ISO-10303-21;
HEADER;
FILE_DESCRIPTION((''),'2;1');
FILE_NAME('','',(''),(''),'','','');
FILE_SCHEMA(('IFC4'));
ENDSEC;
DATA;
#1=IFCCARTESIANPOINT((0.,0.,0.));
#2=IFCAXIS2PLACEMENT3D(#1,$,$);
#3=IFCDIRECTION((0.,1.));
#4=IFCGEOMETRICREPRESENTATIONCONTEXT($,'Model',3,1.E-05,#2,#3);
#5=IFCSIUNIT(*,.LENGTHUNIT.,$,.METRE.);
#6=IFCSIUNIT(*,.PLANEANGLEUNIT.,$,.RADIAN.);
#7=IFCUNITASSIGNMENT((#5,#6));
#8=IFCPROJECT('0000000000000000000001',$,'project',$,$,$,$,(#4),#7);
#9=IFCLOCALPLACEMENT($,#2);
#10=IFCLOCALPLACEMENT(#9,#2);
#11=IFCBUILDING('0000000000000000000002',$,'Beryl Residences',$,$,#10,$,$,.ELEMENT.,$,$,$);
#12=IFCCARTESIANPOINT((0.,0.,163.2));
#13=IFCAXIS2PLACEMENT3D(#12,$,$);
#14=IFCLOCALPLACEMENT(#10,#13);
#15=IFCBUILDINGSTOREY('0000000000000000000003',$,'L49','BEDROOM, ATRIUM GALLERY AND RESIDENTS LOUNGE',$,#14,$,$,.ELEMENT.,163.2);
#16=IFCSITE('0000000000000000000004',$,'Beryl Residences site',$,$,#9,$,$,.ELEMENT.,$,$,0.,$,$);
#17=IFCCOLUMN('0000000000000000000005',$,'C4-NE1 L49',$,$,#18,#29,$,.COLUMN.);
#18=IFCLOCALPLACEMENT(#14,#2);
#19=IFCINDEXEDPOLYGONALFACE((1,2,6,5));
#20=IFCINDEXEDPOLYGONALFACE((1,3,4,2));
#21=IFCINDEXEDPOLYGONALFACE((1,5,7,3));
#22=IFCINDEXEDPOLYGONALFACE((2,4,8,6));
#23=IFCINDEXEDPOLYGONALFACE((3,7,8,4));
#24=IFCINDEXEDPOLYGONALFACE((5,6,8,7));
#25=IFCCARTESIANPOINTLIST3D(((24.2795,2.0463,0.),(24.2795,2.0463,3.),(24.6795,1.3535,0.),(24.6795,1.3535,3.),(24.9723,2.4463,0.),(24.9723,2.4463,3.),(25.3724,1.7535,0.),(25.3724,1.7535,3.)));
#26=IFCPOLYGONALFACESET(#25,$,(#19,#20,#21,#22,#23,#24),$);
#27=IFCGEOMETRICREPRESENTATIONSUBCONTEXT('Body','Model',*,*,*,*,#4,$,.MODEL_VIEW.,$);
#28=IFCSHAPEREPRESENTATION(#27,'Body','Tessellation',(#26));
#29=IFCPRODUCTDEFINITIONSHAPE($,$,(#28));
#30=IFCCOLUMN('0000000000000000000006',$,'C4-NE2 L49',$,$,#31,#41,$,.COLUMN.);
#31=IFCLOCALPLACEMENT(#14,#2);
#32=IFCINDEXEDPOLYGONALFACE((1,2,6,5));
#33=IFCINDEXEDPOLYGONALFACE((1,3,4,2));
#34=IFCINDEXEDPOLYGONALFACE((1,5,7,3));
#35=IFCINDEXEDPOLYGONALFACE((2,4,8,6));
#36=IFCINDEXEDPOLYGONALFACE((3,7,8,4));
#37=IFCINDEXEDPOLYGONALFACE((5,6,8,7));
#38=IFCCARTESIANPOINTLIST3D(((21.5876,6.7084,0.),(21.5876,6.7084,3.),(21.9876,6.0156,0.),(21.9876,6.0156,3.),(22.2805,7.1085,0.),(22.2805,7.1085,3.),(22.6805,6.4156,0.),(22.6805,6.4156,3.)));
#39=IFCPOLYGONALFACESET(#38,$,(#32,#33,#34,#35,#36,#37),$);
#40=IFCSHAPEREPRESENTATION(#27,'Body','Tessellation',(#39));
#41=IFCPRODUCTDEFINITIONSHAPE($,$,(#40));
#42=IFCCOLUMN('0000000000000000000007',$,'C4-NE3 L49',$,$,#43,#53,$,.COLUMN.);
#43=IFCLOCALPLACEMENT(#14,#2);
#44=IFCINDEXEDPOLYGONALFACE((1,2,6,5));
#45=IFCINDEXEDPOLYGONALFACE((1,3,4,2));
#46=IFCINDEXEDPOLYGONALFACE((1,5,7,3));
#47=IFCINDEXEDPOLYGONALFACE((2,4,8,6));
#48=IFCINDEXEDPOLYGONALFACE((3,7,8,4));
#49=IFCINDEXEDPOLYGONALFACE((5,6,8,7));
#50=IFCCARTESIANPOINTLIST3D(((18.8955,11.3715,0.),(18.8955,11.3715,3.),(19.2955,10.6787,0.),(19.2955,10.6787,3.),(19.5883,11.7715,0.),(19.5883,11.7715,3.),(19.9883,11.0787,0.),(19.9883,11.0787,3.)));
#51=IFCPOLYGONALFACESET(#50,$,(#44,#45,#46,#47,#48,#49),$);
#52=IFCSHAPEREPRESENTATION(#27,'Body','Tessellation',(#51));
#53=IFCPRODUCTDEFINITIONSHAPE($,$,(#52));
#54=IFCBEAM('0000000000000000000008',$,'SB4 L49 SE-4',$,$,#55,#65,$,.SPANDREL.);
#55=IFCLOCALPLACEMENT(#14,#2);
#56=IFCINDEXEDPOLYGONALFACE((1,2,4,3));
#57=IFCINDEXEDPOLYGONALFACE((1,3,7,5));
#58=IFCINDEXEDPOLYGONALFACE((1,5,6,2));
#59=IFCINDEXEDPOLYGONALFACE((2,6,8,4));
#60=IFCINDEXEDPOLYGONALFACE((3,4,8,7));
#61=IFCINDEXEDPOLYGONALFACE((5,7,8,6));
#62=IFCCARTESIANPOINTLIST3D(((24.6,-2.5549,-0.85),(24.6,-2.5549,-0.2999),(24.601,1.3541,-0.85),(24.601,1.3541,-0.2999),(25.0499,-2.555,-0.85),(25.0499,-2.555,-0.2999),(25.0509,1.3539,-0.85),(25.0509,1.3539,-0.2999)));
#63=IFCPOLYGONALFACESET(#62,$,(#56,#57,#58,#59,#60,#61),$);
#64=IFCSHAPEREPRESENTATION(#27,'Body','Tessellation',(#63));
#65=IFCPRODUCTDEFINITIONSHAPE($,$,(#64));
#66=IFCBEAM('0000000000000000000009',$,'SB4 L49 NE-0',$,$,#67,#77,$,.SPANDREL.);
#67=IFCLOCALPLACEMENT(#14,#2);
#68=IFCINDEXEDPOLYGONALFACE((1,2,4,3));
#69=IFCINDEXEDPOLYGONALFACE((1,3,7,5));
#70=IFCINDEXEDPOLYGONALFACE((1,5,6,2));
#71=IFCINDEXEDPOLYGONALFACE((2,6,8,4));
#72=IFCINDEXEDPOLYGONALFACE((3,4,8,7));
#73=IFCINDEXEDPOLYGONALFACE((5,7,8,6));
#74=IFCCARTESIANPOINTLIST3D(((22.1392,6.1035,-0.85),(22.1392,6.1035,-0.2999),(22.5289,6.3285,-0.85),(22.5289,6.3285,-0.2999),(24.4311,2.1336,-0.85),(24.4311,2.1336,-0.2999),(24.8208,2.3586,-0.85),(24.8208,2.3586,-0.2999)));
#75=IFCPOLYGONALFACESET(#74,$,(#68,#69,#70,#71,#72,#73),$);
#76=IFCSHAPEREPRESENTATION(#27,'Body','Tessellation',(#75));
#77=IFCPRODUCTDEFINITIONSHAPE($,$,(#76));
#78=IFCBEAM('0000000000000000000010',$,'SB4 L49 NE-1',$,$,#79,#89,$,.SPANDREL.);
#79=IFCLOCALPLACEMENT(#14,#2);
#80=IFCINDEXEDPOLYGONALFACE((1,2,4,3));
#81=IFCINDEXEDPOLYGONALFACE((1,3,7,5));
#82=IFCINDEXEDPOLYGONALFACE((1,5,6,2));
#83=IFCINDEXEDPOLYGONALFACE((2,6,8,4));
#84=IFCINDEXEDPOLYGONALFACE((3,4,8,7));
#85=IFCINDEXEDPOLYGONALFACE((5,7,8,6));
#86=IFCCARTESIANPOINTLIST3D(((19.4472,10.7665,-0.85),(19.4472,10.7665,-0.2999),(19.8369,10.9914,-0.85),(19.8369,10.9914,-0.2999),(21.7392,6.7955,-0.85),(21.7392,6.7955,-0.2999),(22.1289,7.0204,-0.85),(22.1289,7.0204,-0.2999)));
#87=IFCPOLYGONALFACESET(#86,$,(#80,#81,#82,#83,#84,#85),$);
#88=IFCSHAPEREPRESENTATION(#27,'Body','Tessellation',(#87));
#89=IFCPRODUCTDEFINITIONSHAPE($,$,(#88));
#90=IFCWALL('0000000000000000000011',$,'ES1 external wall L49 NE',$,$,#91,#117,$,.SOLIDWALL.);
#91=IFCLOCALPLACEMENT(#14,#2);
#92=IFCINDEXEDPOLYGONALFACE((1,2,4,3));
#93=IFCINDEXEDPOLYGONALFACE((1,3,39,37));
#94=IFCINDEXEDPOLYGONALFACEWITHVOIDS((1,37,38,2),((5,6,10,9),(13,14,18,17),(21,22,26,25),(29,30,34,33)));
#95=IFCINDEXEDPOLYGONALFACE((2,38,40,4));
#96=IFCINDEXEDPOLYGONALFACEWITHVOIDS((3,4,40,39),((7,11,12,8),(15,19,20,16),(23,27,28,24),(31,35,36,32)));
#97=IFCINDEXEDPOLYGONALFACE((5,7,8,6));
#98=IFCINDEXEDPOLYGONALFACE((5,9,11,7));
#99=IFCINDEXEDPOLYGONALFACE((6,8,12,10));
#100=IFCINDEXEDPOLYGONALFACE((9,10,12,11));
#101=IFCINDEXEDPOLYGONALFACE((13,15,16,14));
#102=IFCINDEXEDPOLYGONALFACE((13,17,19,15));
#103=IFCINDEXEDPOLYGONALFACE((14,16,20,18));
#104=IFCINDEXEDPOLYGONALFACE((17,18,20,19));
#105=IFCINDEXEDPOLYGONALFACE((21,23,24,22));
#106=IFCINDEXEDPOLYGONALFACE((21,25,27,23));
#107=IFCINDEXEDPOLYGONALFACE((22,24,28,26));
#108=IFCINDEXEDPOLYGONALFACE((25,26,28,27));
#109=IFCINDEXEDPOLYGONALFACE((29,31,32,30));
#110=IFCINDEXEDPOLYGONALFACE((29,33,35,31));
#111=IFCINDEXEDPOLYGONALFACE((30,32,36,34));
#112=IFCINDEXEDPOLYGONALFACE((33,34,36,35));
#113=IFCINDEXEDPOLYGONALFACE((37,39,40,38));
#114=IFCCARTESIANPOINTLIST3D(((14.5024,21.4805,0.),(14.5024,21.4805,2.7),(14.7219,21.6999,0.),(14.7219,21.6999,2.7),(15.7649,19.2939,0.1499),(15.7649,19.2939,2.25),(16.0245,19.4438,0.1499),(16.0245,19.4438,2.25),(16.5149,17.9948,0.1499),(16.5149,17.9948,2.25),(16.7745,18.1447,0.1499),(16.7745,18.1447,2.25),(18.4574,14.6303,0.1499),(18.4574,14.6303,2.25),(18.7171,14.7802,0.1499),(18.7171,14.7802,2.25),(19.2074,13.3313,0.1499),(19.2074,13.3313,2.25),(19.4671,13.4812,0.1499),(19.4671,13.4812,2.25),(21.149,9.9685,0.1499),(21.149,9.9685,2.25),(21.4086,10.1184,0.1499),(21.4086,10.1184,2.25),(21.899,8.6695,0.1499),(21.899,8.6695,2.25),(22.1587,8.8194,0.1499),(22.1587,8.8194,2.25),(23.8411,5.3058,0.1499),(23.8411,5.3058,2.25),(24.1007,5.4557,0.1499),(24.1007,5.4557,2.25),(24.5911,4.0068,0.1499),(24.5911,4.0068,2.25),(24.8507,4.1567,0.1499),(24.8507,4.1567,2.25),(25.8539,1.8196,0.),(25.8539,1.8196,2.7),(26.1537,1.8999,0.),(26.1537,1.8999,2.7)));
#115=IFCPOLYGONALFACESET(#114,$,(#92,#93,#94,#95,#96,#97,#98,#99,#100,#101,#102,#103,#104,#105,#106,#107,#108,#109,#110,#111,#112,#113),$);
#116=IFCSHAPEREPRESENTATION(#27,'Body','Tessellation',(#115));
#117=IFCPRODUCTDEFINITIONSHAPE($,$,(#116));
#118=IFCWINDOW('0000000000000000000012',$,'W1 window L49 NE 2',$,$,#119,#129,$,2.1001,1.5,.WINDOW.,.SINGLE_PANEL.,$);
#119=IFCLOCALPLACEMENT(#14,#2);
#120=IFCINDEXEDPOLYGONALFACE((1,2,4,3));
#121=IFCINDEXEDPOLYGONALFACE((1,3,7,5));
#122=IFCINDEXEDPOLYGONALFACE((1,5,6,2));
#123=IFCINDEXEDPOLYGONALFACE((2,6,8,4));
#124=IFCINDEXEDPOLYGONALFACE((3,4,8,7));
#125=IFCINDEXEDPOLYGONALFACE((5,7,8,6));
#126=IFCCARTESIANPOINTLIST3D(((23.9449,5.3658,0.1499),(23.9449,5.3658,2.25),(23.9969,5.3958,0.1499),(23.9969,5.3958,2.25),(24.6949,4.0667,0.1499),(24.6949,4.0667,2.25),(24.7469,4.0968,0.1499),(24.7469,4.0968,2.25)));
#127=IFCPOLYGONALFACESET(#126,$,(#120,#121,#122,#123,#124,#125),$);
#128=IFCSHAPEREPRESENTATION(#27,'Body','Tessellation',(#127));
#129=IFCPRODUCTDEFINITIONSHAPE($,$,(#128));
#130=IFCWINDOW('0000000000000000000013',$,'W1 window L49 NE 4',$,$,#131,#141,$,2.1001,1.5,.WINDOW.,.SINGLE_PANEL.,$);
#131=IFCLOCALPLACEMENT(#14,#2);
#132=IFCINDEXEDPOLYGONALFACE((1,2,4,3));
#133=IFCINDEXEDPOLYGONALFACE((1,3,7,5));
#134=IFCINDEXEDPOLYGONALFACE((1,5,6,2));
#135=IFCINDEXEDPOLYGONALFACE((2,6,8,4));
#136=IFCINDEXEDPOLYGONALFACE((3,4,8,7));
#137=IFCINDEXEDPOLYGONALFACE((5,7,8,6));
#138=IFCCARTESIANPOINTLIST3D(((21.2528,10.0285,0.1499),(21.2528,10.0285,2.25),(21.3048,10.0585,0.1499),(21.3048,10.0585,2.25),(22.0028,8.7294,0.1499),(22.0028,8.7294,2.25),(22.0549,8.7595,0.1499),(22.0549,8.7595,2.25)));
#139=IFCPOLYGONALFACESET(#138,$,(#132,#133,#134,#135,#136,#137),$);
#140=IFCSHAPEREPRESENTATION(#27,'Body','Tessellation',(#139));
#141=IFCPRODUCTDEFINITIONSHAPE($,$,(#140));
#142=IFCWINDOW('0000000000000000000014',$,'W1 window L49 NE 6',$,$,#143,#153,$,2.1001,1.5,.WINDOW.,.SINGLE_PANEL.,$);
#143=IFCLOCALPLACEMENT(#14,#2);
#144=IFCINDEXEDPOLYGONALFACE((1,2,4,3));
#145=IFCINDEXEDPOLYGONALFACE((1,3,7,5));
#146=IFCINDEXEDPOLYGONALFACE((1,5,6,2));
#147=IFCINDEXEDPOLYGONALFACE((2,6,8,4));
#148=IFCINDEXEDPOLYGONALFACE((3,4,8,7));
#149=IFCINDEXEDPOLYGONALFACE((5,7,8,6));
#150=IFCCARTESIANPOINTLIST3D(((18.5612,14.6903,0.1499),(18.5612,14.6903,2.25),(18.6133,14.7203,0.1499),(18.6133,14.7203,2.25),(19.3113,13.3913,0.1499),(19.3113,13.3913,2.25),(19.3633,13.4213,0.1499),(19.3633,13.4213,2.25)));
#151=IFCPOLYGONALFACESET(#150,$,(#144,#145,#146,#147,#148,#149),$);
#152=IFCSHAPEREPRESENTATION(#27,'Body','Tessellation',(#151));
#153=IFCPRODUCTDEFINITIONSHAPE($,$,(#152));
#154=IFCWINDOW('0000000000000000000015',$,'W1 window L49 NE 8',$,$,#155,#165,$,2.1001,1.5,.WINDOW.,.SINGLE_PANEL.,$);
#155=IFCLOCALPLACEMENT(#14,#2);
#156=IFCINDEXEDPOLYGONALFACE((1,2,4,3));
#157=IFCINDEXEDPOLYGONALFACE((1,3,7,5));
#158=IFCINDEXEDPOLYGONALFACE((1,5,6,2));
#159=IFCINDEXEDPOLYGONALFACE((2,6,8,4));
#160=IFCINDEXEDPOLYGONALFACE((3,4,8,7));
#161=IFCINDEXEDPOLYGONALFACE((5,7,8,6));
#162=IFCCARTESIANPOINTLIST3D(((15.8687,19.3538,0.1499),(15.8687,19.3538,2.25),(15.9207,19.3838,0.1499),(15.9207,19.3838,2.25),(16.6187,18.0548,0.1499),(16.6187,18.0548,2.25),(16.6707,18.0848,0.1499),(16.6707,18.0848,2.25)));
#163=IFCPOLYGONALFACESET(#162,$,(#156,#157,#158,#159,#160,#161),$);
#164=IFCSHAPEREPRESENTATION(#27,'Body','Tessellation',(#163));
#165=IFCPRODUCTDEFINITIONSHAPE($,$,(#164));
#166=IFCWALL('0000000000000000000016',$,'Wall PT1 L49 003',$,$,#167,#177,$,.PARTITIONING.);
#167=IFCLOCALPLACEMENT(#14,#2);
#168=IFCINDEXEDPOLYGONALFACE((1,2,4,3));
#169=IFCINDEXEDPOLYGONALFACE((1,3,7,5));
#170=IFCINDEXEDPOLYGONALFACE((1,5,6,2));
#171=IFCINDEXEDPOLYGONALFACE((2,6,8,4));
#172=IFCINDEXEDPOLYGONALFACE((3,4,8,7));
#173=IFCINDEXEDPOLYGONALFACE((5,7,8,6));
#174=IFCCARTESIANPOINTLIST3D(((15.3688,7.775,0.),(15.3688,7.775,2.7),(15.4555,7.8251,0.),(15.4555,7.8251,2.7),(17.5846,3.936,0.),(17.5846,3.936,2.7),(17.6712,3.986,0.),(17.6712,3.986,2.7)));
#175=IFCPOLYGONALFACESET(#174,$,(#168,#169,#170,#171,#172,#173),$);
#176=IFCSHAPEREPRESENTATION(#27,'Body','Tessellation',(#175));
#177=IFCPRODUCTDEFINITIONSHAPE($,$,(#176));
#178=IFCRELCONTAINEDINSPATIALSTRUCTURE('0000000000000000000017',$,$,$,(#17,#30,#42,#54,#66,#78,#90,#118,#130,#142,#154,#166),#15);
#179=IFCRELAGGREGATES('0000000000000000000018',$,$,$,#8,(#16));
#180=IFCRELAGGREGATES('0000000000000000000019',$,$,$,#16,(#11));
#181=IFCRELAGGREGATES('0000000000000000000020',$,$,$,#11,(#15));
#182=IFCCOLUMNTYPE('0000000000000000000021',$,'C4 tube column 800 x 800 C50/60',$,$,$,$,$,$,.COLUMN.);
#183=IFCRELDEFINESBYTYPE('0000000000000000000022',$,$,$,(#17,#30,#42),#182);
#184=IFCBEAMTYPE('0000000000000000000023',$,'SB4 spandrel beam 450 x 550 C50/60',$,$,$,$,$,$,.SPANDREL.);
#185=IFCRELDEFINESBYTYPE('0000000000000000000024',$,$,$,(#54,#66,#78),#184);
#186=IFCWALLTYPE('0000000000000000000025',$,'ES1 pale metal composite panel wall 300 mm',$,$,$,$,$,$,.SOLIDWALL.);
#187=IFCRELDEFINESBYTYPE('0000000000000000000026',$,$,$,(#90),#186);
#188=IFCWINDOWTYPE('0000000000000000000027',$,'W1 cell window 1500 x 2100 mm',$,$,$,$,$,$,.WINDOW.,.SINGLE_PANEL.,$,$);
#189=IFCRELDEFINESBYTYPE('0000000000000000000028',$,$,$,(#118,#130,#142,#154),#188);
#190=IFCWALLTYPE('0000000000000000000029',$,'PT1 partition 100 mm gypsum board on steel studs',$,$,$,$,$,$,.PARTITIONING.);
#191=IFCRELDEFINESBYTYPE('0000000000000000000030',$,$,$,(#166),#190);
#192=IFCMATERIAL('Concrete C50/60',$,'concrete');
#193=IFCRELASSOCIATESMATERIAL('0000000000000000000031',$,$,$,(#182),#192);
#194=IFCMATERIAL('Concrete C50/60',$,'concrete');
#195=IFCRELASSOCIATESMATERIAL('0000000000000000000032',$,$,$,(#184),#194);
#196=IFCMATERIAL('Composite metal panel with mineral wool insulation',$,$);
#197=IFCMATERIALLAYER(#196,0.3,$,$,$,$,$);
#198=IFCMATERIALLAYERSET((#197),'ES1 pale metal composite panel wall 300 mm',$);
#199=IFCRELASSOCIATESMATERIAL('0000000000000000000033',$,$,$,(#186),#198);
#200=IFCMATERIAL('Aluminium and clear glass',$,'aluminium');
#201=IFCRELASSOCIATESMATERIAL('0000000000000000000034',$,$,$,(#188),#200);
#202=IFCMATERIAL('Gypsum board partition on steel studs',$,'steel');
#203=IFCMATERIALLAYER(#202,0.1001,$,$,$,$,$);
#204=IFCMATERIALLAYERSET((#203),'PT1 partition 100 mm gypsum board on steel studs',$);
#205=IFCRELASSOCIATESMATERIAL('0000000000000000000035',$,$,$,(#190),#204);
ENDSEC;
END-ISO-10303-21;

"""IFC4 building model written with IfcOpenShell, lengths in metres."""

from ifc_helpers import new_model, si_unit, direction, frame, frame_2d, origin, origin_2d, place, context, subcontext, project, spatial, polyline, rectangle, outline, extrude, material, layer, layer_set, material_profile, profile_set, type_object, element, fill, save


model = new_model("IFC4")

# Units and contexts
model_context = context("Model", 3, precision=1e-05, world=origin(), true_north=direction((0.0, 1.0)))
body_context = subcontext(model_context, "Body", "Model", "MODEL_VIEW")
ifc_project = project(units=[si_unit("LENGTHUNIT", "METRE"), si_unit("PLANEANGLEUNIT", "RADIAN")], contexts=[model_context])

# Site, building, storey
site_placement = place(None, origin())
site = spatial("IfcSite", under=ifc_project, at=site_placement, Name="Beryl Residences site", CompositionType="ELEMENT", RefElevation=0.0)
building_placement = place(site_placement, origin())
building = spatial("IfcBuilding", under=site, at=building_placement, Name="Beryl Residences", CompositionType="ELEMENT")
storey_placement = place(building_placement, frame((0.0, 0.0, 163.2)))
storey = spatial("IfcBuildingStorey", under=building, at=storey_placement, Name="L49", Description="BEDROOM, ATRIUM GALLERY AND RESIDENTS LOUNGE", CompositionType="ELEMENT", Elevation=163.2)

# Columns
ifc_material_1 = material(Name="Concrete C50/60", Category="concrete")
ifc_material_profile_1 = material_profile(ifc_material_1, rectangle(XDim=0.8, YDim=0.8, at=origin_2d()))
ifc_profile_set_1 = profile_set([ifc_material_profile_1], Name="Concrete C50/60")
column_type = type_object("IfcColumnType", Name="C4 tube column 800 x 800 C50/60", PredefinedType="COLUMN", material=ifc_profile_set_1)
for number, where, z_axis, x_axis, name in (
    (1, (24.8259, 1.8999, 0.0), (0.0, 0.0, 1.0), (-0.5, 0.866025, 0.0), "C4-NE1 L49"),
    (2, (22.134, 6.562, 0.0), (0.0, 0.0, 1.0), (-0.5, 0.866025, 0.0), "C4-NE2 L49"),
    (3, (19.4419, 11.2251, 0.0), (0.0, 0.0, 1.0), (-0.5, 0.866025, 0.0), "C4-NE3 L49"),
):
    element("IfcColumn", number, at=place(storey_placement, frame(where, z_axis=z_axis, x_axis=x_axis)), inside=storey, type_object=column_type, Name=name, PredefinedType="COLUMN", context=body_context, shape_type="SweptSolid", body=[
        extrude(rectangle(XDim=0.8, YDim=0.8, at=origin_2d()), origin(), (0.0, 0.0, 1.0), 3.0),
    ])

# Beams
ifc_material_2 = material(Name="Concrete C50/60", Category="concrete")
ifc_material_profile_2 = material_profile(ifc_material_2, rectangle(XDim=0.45, YDim=0.55, at=origin_2d()))
ifc_profile_set_2 = profile_set([ifc_material_profile_2], Name="Concrete C50/60")
beam_type = type_object("IfcBeamType", Name="SB4 spandrel beam 450 x 550 C50/60", PredefinedType="SPANDREL", material=ifc_profile_set_2)
beam_1_placement = place(storey_placement, frame((24.825, -2.5549, -0.575), z_axis=(0.00025, 1.0, 0.0), x_axis=(-1.0, 0.00025, 0.0)))
element("IfcBeam", 4, at=beam_1_placement, inside=storey, type_object=beam_type, Name="SB4 L49 SE-4", PredefinedType="SPANDREL", context=body_context, shape_type="SweptSolid", body=[
    extrude(rectangle(XDim=0.45, YDim=0.55, at=origin_2d()), origin(), (0.0, 0.0, 1.0), 3.9089),
])
beam_2_placement = place(storey_placement, frame((24.626, 2.2461, -0.575), z_axis=(-0.499988, 0.866032, 0.0), x_axis=(-0.866032, -0.499988, 0.0)))
element("IfcBeam", 5, at=beam_2_placement, inside=storey, type_object=beam_type, Name="SB4 L49 NE-0", PredefinedType="SPANDREL", context=body_context, shape_type="SweptSolid", body=[
    extrude(rectangle(XDim=0.45, YDim=0.55, at=origin_2d()), origin(), (0.0, 0.0, 1.0), 4.584),
])
beam_3_placement = place(storey_placement, frame((21.9341, 6.908, -0.575), z_axis=(-0.499896, 0.866085, 0.0), x_axis=(-0.866085, -0.499896, 0.0)))
element("IfcBeam", 6, at=beam_3_placement, inside=storey, type_object=beam_type, Name="SB4 L49 NE-1", PredefinedType="SPANDREL", context=body_context, shape_type="SweptSolid", body=[
    extrude(rectangle(XDim=0.45, YDim=0.55, at=origin_2d()), origin(), (0.0, 0.0, 1.0), 4.585),
])

# Wall, openings, windows
ifc_material_3 = material(Name="Composite metal panel with mineral wool insulation")
ifc_layer_1 = layer(ifc_material_3, 0.3)
ifc_layer_set_1 = layer_set([ifc_layer_1], Name="ES1 pale metal composite panel wall 300 mm")
wall_type_1 = type_object("IfcWallType", Name="ES1 pale metal composite panel wall 300 mm", PredefinedType="SOLIDWALL", material=ifc_layer_set_1)
wall_1_placement = place(storey_placement, frame((26.0239, 1.825, 0.0), z_axis=(0.0, 0.0, 1.0), x_axis=(-0.500011, 0.866019, 0.0)))
wall_1 = element("IfcWall", 7, at=wall_1_placement, inside=storey, type_object=wall_type_1, Name="ES1 external wall L49 NE", PredefinedType="SOLIDWALL", context=body_context, shape_type="SweptSolid", body=[
    extrude(outline(polyline([(0.0, -0.1499), (22.8633, -0.1499), (22.783, 0.1499), (0.0803, 0.1499), (0.0, -0.1499)])), origin(), (0.0, 0.0, 1.0), 2.7),
])
opening_1_placement = place(wall_1_placement, frame((2.606, 0.0, 0.1499)))
opening_1 = element("IfcOpeningElement", 8, at=opening_1_placement, cuts=wall_1, PredefinedType="OPENING", context=body_context, shape_type="SweptSolid", body=[
    extrude(rectangle(XDim=1.5, YDim=2.1001, at=frame_2d((0.75, 1.05))), frame((0.0, 0.1599, 0.0), z_axis=(0.0, -1.0, 0.0), x_axis=(1.0, 0.0, 0.0)), (0.0, 0.0, 1.0), 0.3201),
])
opening_2_placement = place(wall_1_placement, frame((7.99, 0.0, 0.1499)))
opening_2 = element("IfcOpeningElement", 9, at=opening_2_placement, cuts=wall_1, PredefinedType="OPENING", context=body_context, shape_type="SweptSolid", body=[
    extrude(rectangle(XDim=1.5, YDim=2.1001, at=frame_2d((0.75, 1.05))), frame((0.0, 0.1599, 0.0), z_axis=(0.0, -1.0, 0.0), x_axis=(1.0, 0.0, 0.0)), (0.0, 0.0, 1.0), 0.3201),
])
opening_3_placement = place(wall_1_placement, frame((13.373, 0.0, 0.1499)))
opening_3 = element("IfcOpeningElement", 10, at=opening_3_placement, cuts=wall_1, PredefinedType="OPENING", context=body_context, shape_type="SweptSolid", body=[
    extrude(rectangle(XDim=1.5, YDim=2.1001, at=frame_2d((0.75, 1.05))), frame((0.0, 0.1599, 0.0), z_axis=(0.0, -1.0, 0.0), x_axis=(1.0, 0.0, 0.0)), (0.0, 0.0, 1.0), 0.3201),
])
opening_4_placement = place(wall_1_placement, frame((18.7581, 0.0, 0.1499)))
opening_4 = element("IfcOpeningElement", 11, at=opening_4_placement, cuts=wall_1, PredefinedType="OPENING", context=body_context, shape_type="SweptSolid", body=[
    extrude(rectangle(XDim=1.5, YDim=2.1001, at=frame_2d((0.75, 1.05))), frame((0.0, 0.1599, 0.0), z_axis=(0.0, -1.0, 0.0), x_axis=(1.0, 0.0, 0.0)), (0.0, 0.0, 1.0), 0.3201),
])
ifc_material_4 = material(Name="Aluminium and clear glass", Category="aluminium")
window_type = type_object("IfcWindowType", Name="W1 cell window 1500 x 2100 mm", PartitioningType="SINGLE_PANEL", PredefinedType="WINDOW", material=ifc_material_4)
window_1_placement = place(opening_1_placement, origin())
window_1 = element("IfcWindow", 12, at=window_1_placement, inside=storey, type_object=window_type, Name="W1 window L49 NE 2", OverallHeight=2.1001, OverallWidth=1.5, PartitioningType="SINGLE_PANEL", PredefinedType="WINDOW", context=body_context, shape_type="SweptSolid", body=[
    extrude(rectangle(XDim=1.5, YDim=2.1001, at=frame_2d((0.75, 1.05))), frame((0.0, 0.03, 0.0), z_axis=(0.0, -1.0, 0.0), x_axis=(1.0, 0.0, 0.0)), (0.0, 0.0, 1.0), 0.0601),
])
fill(opening_1, window_1)
window_2_placement = place(opening_2_placement, origin())
window_2 = element("IfcWindow", 13, at=window_2_placement, inside=storey, type_object=window_type, Name="W1 window L49 NE 4", OverallHeight=2.1001, OverallWidth=1.5, PartitioningType="SINGLE_PANEL", PredefinedType="WINDOW", context=body_context, shape_type="SweptSolid", body=[
    extrude(rectangle(XDim=1.5, YDim=2.1001, at=frame_2d((0.75, 1.05))), frame((0.0, 0.03, 0.0), z_axis=(0.0, -1.0, 0.0), x_axis=(1.0, 0.0, 0.0)), (0.0, 0.0, 1.0), 0.0601),
])
fill(opening_2, window_2)
window_3_placement = place(opening_3_placement, origin())
window_3 = element("IfcWindow", 14, at=window_3_placement, inside=storey, type_object=window_type, Name="W1 window L49 NE 6", OverallHeight=2.1001, OverallWidth=1.5, PartitioningType="SINGLE_PANEL", PredefinedType="WINDOW", context=body_context, shape_type="SweptSolid", body=[
    extrude(rectangle(XDim=1.5, YDim=2.1001, at=frame_2d((0.75, 1.05))), frame((0.0, 0.03, 0.0), z_axis=(0.0, -1.0, 0.0), x_axis=(1.0, 0.0, 0.0)), (0.0, 0.0, 1.0), 0.0601),
])
fill(opening_3, window_3)
window_4_placement = place(opening_4_placement, origin())
window_4 = element("IfcWindow", 15, at=window_4_placement, inside=storey, type_object=window_type, Name="W1 window L49 NE 8", OverallHeight=2.1001, OverallWidth=1.5, PartitioningType="SINGLE_PANEL", PredefinedType="WINDOW", context=body_context, shape_type="SweptSolid", body=[
    extrude(rectangle(XDim=1.5, YDim=2.1001, at=frame_2d((0.75, 1.05))), frame((0.0, 0.03, 0.0), z_axis=(0.0, -1.0, 0.0), x_axis=(1.0, 0.0, 0.0)), (0.0, 0.0, 1.0), 0.0601),
])
fill(opening_4, window_4)

# Wall
ifc_material_5 = material(Name="Gypsum board partition on steel studs", Category="steel")
ifc_layer_2 = layer(ifc_material_5, 0.1001)
ifc_layer_set_2 = layer_set([ifc_layer_2], Name="PT1 partition 100 mm gypsum board on steel studs")
wall_type_2 = type_object("IfcWallType", Name="PT1 partition 100 mm gypsum board on steel studs", PredefinedType="PARTITIONING", material=ifc_layer_set_2)
wall_2_placement = place(storey_placement, frame((15.4121, 7.8, 0.0), z_axis=(0.0, 0.0, 1.0), x_axis=(0.499883, -0.866093, 0.0)))
element("IfcWall", 16, at=wall_2_placement, inside=storey, type_object=wall_type_2, Name="Wall PT1 L49 003", PredefinedType="PARTITIONING", context=body_context, shape_type="SweptSolid", body=[
    extrude(rectangle(XDim=4.4326, YDim=0.1001, at=frame_2d((2.2163, 0.0))), origin(), (0.0, 0.0, 1.0), 2.7),
])

save(model, "model.ifc")
